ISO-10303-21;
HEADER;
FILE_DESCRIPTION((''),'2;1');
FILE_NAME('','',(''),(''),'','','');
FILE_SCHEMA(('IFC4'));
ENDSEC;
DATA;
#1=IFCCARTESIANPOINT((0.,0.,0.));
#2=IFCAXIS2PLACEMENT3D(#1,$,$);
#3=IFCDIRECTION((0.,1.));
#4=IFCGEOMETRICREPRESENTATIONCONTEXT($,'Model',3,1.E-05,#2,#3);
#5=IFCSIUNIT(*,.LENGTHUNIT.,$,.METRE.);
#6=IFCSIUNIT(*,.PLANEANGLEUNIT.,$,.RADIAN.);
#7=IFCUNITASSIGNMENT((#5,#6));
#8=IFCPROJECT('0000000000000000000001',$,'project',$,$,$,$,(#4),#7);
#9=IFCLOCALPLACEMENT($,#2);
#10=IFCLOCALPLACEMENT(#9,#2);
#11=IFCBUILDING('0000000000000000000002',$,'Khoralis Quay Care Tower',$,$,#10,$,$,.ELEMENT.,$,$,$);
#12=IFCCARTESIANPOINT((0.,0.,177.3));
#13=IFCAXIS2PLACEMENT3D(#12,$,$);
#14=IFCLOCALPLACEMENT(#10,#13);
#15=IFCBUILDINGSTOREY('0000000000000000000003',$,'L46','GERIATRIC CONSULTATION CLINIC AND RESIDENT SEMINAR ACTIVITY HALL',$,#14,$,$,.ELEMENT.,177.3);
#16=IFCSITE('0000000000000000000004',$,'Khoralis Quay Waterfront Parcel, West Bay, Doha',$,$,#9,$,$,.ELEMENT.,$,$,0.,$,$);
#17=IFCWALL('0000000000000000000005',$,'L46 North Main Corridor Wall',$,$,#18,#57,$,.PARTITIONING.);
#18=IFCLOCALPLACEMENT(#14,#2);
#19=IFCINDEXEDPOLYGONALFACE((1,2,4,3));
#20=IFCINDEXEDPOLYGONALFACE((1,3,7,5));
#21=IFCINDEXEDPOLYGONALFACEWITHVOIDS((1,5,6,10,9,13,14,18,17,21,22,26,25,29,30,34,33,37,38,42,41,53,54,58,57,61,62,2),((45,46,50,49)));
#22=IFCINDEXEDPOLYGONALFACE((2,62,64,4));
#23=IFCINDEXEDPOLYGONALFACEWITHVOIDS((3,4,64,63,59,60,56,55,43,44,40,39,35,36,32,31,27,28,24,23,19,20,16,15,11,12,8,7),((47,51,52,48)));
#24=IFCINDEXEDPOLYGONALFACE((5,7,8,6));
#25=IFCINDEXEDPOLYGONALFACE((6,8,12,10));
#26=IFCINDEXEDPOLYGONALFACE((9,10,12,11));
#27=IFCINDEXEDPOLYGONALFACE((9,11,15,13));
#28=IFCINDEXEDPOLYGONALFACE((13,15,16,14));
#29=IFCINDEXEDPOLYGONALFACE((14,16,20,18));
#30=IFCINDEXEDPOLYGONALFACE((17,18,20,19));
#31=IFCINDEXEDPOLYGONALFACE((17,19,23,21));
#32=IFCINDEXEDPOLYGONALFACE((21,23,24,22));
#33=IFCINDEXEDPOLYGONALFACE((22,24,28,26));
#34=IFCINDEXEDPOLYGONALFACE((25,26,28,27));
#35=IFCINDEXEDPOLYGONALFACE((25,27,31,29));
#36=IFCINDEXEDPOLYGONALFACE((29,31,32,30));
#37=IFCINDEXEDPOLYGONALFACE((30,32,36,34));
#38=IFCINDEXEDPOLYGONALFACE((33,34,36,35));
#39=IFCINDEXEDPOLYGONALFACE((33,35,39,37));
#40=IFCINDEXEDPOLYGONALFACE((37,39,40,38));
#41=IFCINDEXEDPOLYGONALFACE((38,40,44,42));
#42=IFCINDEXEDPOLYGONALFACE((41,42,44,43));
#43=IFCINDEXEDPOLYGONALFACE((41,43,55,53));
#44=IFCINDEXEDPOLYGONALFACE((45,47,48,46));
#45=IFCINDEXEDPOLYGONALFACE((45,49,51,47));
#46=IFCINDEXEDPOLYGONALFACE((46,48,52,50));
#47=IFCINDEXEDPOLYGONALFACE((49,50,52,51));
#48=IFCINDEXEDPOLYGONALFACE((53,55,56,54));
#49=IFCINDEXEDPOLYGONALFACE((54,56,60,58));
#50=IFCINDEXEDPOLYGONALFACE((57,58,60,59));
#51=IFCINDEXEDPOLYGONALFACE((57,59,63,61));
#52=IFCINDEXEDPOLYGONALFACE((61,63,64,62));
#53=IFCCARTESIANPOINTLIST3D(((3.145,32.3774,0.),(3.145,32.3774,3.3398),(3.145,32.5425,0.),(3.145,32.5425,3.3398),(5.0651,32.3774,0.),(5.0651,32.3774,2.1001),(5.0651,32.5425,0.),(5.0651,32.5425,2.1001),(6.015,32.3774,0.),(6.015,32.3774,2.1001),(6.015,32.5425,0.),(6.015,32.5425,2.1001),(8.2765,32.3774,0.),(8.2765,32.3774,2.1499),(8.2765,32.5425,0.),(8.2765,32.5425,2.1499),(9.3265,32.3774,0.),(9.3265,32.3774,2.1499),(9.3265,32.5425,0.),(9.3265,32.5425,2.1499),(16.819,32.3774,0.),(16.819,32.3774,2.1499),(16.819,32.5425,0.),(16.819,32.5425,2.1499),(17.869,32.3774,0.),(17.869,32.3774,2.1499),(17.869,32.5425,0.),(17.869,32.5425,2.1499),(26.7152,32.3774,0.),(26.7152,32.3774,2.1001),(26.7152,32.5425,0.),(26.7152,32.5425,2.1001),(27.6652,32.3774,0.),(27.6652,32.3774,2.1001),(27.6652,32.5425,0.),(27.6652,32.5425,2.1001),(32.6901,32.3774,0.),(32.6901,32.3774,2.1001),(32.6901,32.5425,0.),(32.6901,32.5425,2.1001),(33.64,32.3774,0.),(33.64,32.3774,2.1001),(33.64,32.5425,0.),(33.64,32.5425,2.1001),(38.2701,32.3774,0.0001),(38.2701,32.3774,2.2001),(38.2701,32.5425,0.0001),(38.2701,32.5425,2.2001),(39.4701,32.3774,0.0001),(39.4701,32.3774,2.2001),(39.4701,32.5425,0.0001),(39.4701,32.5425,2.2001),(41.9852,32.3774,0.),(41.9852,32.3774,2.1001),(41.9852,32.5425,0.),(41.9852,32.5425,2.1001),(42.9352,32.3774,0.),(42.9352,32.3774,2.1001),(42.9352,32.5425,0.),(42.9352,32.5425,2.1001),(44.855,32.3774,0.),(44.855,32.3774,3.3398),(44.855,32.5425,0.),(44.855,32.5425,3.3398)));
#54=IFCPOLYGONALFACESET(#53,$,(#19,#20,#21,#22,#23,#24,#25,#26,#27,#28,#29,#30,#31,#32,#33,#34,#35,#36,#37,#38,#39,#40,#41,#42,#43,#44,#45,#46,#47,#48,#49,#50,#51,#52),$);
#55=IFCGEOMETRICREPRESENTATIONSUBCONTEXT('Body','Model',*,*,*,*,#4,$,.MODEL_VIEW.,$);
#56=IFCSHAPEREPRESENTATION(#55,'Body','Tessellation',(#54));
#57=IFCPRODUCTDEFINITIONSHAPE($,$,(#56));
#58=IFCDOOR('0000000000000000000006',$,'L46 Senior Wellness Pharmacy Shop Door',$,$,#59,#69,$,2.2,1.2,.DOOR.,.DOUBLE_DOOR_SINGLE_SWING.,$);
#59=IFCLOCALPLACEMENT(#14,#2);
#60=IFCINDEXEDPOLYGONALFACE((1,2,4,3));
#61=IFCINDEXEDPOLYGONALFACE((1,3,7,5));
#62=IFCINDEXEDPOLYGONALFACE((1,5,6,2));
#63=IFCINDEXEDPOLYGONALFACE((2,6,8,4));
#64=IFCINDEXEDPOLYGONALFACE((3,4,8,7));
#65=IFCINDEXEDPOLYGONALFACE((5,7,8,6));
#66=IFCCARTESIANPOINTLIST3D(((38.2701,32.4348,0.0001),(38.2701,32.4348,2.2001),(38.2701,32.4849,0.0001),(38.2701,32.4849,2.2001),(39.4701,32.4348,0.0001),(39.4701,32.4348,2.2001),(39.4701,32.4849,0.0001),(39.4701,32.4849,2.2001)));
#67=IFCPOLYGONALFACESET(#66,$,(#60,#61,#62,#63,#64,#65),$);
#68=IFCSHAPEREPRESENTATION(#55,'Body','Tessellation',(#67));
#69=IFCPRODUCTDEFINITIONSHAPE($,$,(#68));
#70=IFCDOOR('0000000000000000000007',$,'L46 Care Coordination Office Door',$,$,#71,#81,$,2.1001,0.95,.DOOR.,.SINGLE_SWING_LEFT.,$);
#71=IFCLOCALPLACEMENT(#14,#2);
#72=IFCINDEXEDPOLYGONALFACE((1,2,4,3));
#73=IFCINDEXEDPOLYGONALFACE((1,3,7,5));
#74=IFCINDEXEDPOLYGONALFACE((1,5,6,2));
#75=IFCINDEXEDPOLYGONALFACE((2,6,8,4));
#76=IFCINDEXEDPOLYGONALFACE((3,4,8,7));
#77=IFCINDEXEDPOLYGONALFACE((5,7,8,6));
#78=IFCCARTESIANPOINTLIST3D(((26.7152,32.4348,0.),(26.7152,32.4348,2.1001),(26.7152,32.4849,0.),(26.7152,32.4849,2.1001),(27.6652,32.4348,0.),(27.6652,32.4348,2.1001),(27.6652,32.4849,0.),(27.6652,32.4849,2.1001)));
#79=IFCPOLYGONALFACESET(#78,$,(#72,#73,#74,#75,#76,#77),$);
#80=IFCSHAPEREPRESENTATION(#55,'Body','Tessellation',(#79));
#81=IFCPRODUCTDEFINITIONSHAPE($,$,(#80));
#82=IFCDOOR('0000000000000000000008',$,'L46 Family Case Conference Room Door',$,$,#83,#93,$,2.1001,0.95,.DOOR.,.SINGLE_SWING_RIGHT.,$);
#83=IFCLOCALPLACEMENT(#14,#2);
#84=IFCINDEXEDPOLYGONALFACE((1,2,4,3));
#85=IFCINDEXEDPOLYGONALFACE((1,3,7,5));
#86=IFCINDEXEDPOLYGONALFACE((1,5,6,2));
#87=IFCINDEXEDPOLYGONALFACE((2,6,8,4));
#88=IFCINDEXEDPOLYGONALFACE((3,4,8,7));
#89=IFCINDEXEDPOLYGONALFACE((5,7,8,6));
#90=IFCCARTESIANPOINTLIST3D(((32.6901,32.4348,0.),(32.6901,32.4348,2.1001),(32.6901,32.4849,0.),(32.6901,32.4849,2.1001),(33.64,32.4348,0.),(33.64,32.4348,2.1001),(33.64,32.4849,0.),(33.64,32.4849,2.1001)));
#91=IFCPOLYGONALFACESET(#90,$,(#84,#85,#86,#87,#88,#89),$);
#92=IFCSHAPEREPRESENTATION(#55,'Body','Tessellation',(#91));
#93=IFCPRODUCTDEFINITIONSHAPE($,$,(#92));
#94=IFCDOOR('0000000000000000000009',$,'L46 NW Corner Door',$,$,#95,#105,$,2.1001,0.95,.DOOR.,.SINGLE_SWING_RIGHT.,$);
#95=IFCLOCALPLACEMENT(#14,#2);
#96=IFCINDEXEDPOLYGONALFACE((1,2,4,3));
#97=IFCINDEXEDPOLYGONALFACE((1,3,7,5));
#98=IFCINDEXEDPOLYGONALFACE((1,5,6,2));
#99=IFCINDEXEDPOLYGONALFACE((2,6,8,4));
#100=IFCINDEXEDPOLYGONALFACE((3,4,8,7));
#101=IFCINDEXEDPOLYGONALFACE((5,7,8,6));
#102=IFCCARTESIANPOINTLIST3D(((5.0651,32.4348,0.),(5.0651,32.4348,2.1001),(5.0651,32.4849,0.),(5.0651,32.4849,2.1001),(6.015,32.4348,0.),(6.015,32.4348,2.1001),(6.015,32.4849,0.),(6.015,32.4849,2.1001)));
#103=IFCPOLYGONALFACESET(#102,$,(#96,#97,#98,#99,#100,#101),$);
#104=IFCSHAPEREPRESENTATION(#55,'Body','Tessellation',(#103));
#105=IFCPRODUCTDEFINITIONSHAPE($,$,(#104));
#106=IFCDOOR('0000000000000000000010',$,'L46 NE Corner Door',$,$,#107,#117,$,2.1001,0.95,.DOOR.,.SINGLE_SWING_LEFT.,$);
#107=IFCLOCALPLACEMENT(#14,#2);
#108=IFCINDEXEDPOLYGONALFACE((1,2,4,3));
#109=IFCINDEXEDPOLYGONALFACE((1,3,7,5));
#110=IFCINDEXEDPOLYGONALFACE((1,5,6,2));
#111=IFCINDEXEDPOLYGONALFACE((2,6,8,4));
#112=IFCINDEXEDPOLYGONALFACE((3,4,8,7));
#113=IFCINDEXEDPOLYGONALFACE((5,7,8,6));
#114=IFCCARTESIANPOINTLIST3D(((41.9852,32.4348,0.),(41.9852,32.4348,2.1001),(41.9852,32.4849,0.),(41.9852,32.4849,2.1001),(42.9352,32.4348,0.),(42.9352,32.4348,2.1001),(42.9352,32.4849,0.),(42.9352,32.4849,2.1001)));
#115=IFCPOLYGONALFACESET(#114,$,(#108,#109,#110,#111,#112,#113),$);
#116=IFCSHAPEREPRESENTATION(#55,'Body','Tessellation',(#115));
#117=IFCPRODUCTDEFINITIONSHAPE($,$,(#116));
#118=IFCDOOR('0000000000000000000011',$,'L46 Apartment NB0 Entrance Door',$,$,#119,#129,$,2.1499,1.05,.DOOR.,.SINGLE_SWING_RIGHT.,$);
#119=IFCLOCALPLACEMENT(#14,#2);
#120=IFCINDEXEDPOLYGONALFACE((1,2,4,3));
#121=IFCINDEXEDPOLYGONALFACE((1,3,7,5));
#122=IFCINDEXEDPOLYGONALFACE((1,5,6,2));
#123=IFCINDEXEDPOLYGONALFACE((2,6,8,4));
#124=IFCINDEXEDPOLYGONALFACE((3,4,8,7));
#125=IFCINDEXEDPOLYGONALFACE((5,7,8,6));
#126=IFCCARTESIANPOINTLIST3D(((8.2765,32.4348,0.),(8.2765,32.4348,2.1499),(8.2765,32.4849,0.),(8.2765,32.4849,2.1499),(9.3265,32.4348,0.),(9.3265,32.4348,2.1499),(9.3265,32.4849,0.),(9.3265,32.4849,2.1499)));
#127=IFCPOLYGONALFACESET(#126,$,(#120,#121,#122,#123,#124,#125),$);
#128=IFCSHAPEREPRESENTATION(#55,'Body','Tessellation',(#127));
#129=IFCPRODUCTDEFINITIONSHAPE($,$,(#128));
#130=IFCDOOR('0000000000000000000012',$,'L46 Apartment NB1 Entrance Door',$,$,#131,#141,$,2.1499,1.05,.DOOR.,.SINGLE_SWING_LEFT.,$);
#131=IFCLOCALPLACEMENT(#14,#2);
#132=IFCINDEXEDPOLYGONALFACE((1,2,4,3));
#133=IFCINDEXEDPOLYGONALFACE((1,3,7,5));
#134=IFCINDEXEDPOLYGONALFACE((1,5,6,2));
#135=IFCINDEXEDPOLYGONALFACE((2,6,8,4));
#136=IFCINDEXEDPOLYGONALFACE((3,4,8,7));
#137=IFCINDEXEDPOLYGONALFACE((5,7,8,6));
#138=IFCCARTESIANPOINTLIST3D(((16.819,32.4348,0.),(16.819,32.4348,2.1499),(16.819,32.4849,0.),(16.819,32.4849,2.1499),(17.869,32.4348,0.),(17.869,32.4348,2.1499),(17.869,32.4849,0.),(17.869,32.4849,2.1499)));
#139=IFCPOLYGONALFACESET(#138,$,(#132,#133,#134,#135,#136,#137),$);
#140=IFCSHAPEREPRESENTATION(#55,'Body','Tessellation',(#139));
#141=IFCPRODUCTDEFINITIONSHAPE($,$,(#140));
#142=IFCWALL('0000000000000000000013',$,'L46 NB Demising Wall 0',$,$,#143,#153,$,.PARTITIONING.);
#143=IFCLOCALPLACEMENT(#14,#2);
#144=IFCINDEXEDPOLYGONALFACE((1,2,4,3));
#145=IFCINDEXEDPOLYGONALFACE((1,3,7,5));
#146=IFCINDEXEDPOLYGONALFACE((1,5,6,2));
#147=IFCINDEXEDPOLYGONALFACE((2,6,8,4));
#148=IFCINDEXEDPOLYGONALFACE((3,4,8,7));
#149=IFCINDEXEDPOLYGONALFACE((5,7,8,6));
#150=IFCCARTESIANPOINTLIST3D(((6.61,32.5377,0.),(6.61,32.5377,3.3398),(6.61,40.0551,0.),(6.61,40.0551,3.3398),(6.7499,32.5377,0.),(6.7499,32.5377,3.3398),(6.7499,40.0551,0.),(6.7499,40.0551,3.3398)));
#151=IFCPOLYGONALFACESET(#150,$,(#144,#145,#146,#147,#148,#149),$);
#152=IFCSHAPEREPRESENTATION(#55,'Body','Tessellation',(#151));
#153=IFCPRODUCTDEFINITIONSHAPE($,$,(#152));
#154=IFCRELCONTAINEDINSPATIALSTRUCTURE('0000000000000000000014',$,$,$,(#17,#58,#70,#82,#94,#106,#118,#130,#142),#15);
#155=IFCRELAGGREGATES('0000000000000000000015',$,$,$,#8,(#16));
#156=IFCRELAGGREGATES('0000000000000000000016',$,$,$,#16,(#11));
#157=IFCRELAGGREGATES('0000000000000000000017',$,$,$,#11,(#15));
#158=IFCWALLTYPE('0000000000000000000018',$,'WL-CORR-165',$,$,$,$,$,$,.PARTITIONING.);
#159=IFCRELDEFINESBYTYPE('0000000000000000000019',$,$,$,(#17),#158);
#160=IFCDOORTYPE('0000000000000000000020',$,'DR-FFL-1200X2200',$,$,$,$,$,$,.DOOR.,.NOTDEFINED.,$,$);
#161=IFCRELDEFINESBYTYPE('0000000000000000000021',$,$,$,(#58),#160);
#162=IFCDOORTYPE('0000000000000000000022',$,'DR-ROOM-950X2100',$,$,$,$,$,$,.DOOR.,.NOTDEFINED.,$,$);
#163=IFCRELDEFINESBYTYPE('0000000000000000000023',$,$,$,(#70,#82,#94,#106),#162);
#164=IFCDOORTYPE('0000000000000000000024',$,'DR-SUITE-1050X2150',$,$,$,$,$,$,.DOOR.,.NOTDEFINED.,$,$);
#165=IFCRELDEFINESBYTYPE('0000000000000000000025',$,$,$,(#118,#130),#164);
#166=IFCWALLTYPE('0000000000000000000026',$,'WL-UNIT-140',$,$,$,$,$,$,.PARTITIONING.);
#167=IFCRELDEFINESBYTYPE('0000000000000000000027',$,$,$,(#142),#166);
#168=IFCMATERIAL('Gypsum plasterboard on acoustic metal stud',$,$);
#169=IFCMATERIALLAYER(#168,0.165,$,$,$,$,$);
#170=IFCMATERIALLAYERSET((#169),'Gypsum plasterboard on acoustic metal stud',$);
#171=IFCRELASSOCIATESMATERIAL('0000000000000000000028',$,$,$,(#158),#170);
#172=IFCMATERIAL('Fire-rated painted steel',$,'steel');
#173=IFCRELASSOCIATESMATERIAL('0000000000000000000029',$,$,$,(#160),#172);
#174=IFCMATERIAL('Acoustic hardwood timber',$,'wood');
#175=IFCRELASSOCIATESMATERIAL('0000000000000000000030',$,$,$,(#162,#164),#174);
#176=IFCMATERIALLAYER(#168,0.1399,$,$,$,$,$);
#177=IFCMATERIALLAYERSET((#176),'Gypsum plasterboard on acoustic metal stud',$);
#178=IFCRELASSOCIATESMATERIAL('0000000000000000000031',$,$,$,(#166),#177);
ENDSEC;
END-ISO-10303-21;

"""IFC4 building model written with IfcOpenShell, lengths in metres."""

from ifc_helpers import new_model, si_unit, direction, frame, frame_2d, origin, place, context, subcontext, project, spatial, rectangle, extrude, source, transform, mapped, material, layer, layer_set, type_object, element, fill, save


model = new_model("IFC4")

# Units and contexts
model_context = context("Model", 3, precision=1e-05, world=origin(), true_north=direction((0.0, 1.0)))
body_context = subcontext(model_context, "Body", "Model", "MODEL_VIEW")
ifc_project = project(units=[si_unit("LENGTHUNIT", "METRE"), si_unit("PLANEANGLEUNIT", "RADIAN")], contexts=[model_context])

# Site, building, storey
site_placement = place(None, origin())
site = spatial("IfcSite", under=ifc_project, at=site_placement, Name="Khoralis Quay Waterfront Parcel, West Bay, Doha", CompositionType="ELEMENT", RefElevation=0.0)
building_placement = place(site_placement, origin())
building = spatial("IfcBuilding", under=site, at=building_placement, Name="Khoralis Quay Care Tower", CompositionType="ELEMENT")
storey_placement = place(building_placement, frame((0.0, 0.0, 177.3)))
storey = spatial("IfcBuildingStorey", under=building, at=storey_placement, Name="L46", Description="GERIATRIC CONSULTATION CLINIC AND RESIDENT SEMINAR ACTIVITY HALL", CompositionType="ELEMENT", Elevation=177.3)

# Shared definitions
ifc_material_1 = material(Name="Gypsum plasterboard on acoustic metal stud")
ifc_layer_1 = layer(ifc_material_1, 0.165)
ifc_layer_set_1 = layer_set([ifc_layer_1], Name="Gypsum plasterboard on acoustic metal stud")
wall_type_1 = type_object("IfcWallType", Name="WL-CORR-165", PredefinedType="PARTITIONING", material=ifc_layer_set_1)

# Wall, openings, doors
wall_1_placement = place(storey_placement, frame((3.145, 32.46, 0.0), z_axis=(0.0, 0.0, 1.0), x_axis=(1.0, 0.0, 0.0)))
wall_1 = element("IfcWall", 1, at=wall_1_placement, inside=storey, type_object=wall_type_1, Name="L46 North Main Corridor Wall", PredefinedType="PARTITIONING", context=body_context, shape_type="SweptSolid", body=[
    extrude(rectangle(XDim=41.71, YDim=0.165, at=frame_2d((20.855, 0.0))), origin(), (0.0, 0.0, 1.0), 3.3398),
])
opening_1_placement = place(wall_1_placement, frame((5.1316, 0.0, 0.0)))
opening_1 = element("IfcOpeningElement", 2, at=opening_1_placement, cuts=wall_1, PredefinedType="OPENING", context=body_context, shape_type="SweptSolid", body=[
    extrude(rectangle(XDim=1.05, YDim=2.1499, at=frame_2d((0.5249, 1.075))), frame((0.0, 0.0925, 0.0), z_axis=(0.0, -1.0, 0.0), x_axis=(1.0, 0.0, 0.0)), (0.0, 0.0, 1.0), 0.1851),
])
opening_2_placement = place(wall_1_placement, frame((13.6741, 0.0, 0.0)))
opening_2 = element("IfcOpeningElement", 3, at=opening_2_placement, cuts=wall_1, PredefinedType="OPENING", context=body_context, shape_type="SweptSolid", body=[
    extrude(rectangle(XDim=1.05, YDim=2.1499, at=frame_2d((0.5249, 1.075))), frame((0.0, 0.0925, 0.0), z_axis=(0.0, -1.0, 0.0), x_axis=(1.0, 0.0, 0.0)), (0.0, 0.0, 1.0), 0.1851),
])
opening_3_placement = place(wall_1_placement, frame((23.5701, 0.0, 0.0)))
opening_3 = element("IfcOpeningElement", 4, at=opening_3_placement, cuts=wall_1, PredefinedType="OPENING", context=body_context, shape_type="SweptSolid", body=[
    extrude(rectangle(XDim=0.95, YDim=2.1001, at=frame_2d((0.4751, 1.05))), frame((0.0, 0.0925, 0.0), z_axis=(0.0, -1.0, 0.0), x_axis=(1.0, 0.0, 0.0)), (0.0, 0.0, 1.0), 0.1851),
])
opening_4_placement = place(wall_1_placement, frame((29.5449, 0.0, 0.0)))
opening_4 = element("IfcOpeningElement", 5, at=opening_4_placement, cuts=wall_1, PredefinedType="OPENING", context=body_context, shape_type="SweptSolid", body=[
    extrude(rectangle(XDim=0.95, YDim=2.1001, at=frame_2d((0.4751, 1.05))), frame((0.0, 0.0925, 0.0), z_axis=(0.0, -1.0, 0.0), x_axis=(1.0, 0.0, 0.0)), (0.0, 0.0, 1.0), 0.1851),
])
opening_5_placement = place(wall_1_placement, frame((35.125, 0.0, 0.0)))
opening_5 = element("IfcOpeningElement", 6, at=opening_5_placement, cuts=wall_1, PredefinedType="OPENING", context=body_context, shape_type="SweptSolid", body=[
    extrude(rectangle(XDim=1.2, YDim=2.2, at=frame_2d((0.6001, 1.1001))), frame((0.0, 0.0925, 0.0), z_axis=(0.0, -1.0, 0.0), x_axis=(1.0, 0.0, 0.0)), (0.0, 0.0, 1.0), 0.1851),
])
opening_6_placement = place(wall_1_placement, frame((1.9199, 0.0, 0.0)))
opening_6 = element("IfcOpeningElement", 7, at=opening_6_placement, cuts=wall_1, PredefinedType="OPENING", context=body_context, shape_type="SweptSolid", body=[
    extrude(rectangle(XDim=0.95, YDim=2.1001, at=frame_2d((0.4751, 1.05))), frame((0.0, 0.0925, 0.0), z_axis=(0.0, -1.0, 0.0), x_axis=(1.0, 0.0, 0.0)), (0.0, 0.0, 1.0), 0.1851),
])
opening_7_placement = place(wall_1_placement, frame((38.8401, 0.0, 0.0)))
opening_7 = element("IfcOpeningElement", 8, at=opening_7_placement, cuts=wall_1, PredefinedType="OPENING", context=body_context, shape_type="SweptSolid", body=[
    extrude(rectangle(XDim=0.95, YDim=2.1001, at=frame_2d((0.4751, 1.05))), frame((0.0, 0.0925, 0.0), z_axis=(0.0, -1.0, 0.0), x_axis=(1.0, 0.0, 0.0)), (0.0, 0.0, 1.0), 0.1851),
])
ifc_material_2 = material(Name="Fire-rated painted steel", Category="steel")
door_type_1 = type_object("IfcDoorType", Name="DR-FFL-1200X2200", OperationType="NOTDEFINED", PredefinedType="DOOR", material=ifc_material_2)
shared_shape_1 = source(origin(), body_context, "Body", "SweptSolid", [
    extrude(rectangle(XDim=1.2, YDim=2.2, at=frame_2d((0.6001, 1.1001))), frame((0.0, 0.0249, 0.0), z_axis=(0.0, -1.0, 0.0), x_axis=(1.0, 0.0, 0.0)), (0.0, 0.0, 1.0), 0.05),
])
door_1_placement = place(opening_5_placement, origin())
door_1 = element("IfcDoor", 9, at=door_1_placement, inside=storey, type_object=door_type_1, Name="L46 Senior Wellness Pharmacy Shop Door", OperationType="DOUBLE_DOOR_SINGLE_SWING", OverallHeight=2.2, OverallWidth=1.2, PredefinedType="DOOR", context=body_context, shape_type="MappedRepresentation", body=[
    mapped(shared_shape_1, transform((0.0, 0.0, 0.0), scale=1.0)),
])
fill(opening_5, door_1)
ifc_material_3 = material(Name="Acoustic hardwood timber", Category="wood")
door_type_2 = type_object("IfcDoorType", Name="DR-ROOM-950X2100", OperationType="NOTDEFINED", PredefinedType="DOOR", material=ifc_material_3)
shared_shape_2 = source(origin(), body_context, "Body", "SweptSolid", [
    extrude(rectangle(XDim=0.95, YDim=2.1001, at=frame_2d((0.4751, 1.05))), frame((0.0, 0.0249, 0.0), z_axis=(0.0, -1.0, 0.0), x_axis=(1.0, 0.0, 0.0)), (0.0, 0.0, 1.0), 0.05),
])
door_2_placement = place(opening_3_placement, origin())
door_2 = element("IfcDoor", 10, at=door_2_placement, inside=storey, type_object=door_type_2, Name="L46 Care Coordination Office Door", OperationType="SINGLE_SWING_LEFT", OverallHeight=2.1001, OverallWidth=0.95, PredefinedType="DOOR", context=body_context, shape_type="MappedRepresentation", body=[
    mapped(shared_shape_2, transform((0.0, 0.0, 0.0), scale=1.0)),
])
fill(opening_3, door_2)
door_3_placement = place(opening_4_placement, origin())
door_3 = element("IfcDoor", 11, at=door_3_placement, inside=storey, type_object=door_type_2, Name="L46 Family Case Conference Room Door", OperationType="SINGLE_SWING_RIGHT", OverallHeight=2.1001, OverallWidth=0.95, PredefinedType="DOOR", context=body_context, shape_type="MappedRepresentation", body=[
    mapped(shared_shape_2, transform((0.0, 0.0, 0.0), scale=1.0)),
])
fill(opening_4, door_3)
door_4_placement = place(opening_6_placement, origin())
door_4 = element("IfcDoor", 12, at=door_4_placement, inside=storey, type_object=door_type_2, Name="L46 NW Corner Door", OperationType="SINGLE_SWING_RIGHT", OverallHeight=2.1001, OverallWidth=0.95, PredefinedType="DOOR", context=body_context, shape_type="MappedRepresentation", body=[
    mapped(shared_shape_2, transform((0.0, 0.0, 0.0), scale=1.0)),
])
fill(opening_6, door_4)
door_5_placement = place(opening_7_placement, origin())
door_5 = element("IfcDoor", 13, at=door_5_placement, inside=storey, type_object=door_type_2, Name="L46 NE Corner Door", OperationType="SINGLE_SWING_LEFT", OverallHeight=2.1001, OverallWidth=0.95, PredefinedType="DOOR", context=body_context, shape_type="MappedRepresentation", body=[
    mapped(shared_shape_2, transform((0.0, 0.0, 0.0), scale=1.0)),
])
fill(opening_7, door_5)
door_type_3 = type_object("IfcDoorType", Name="DR-SUITE-1050X2150", OperationType="NOTDEFINED", PredefinedType="DOOR", material=ifc_material_3)
shared_shape_3 = source(origin(), body_context, "Body", "SweptSolid", [
    extrude(rectangle(XDim=1.05, YDim=2.1499, at=frame_2d((0.5249, 1.075))), frame((0.0, 0.0249, 0.0), z_axis=(0.0, -1.0, 0.0), x_axis=(1.0, 0.0, 0.0)), (0.0, 0.0, 1.0), 0.05),
])
door_6_placement = place(opening_1_placement, origin())
door_6 = element("IfcDoor", 14, at=door_6_placement, inside=storey, type_object=door_type_3, Name="L46 Apartment NB0 Entrance Door", OperationType="SINGLE_SWING_RIGHT", OverallHeight=2.1499, OverallWidth=1.05, PredefinedType="DOOR", context=body_context, shape_type="MappedRepresentation", body=[
    mapped(shared_shape_3, transform((0.0, 0.0, 0.0), scale=1.0)),
])
fill(opening_1, door_6)
door_7_placement = place(opening_2_placement, origin())
door_7 = element("IfcDoor", 15, at=door_7_placement, inside=storey, type_object=door_type_3, Name="L46 Apartment NB1 Entrance Door", OperationType="SINGLE_SWING_LEFT", OverallHeight=2.1499, OverallWidth=1.05, PredefinedType="DOOR", context=body_context, shape_type="MappedRepresentation", body=[
    mapped(shared_shape_3, transform((0.0, 0.0, 0.0), scale=1.0)),
])
fill(opening_2, door_7)

# Wall
ifc_layer_2 = layer(ifc_material_1, 0.1399)
ifc_layer_set_2 = layer_set([ifc_layer_2], Name="Gypsum plasterboard on acoustic metal stud")
wall_type_2 = type_object("IfcWallType", Name="WL-UNIT-140", PredefinedType="PARTITIONING", material=ifc_layer_set_2)
wall_2_placement = place(storey_placement, frame((6.6799, 32.5376, 0.0), z_axis=(0.0, 0.0, 1.0), x_axis=(0.0, 1.0, 0.0)))
element("IfcWall", 16, at=wall_2_placement, inside=storey, type_object=wall_type_2, Name="L46 NB Demising Wall 0", PredefinedType="PARTITIONING", context=body_context, shape_type="SweptSolid", body=[
    extrude(rectangle(XDim=7.5173, YDim=0.1399, at=frame_2d((3.7588, 0.0))), origin(), (0.0, 0.0, 1.0), 3.3398),
])

save(model, "model.ifc")
